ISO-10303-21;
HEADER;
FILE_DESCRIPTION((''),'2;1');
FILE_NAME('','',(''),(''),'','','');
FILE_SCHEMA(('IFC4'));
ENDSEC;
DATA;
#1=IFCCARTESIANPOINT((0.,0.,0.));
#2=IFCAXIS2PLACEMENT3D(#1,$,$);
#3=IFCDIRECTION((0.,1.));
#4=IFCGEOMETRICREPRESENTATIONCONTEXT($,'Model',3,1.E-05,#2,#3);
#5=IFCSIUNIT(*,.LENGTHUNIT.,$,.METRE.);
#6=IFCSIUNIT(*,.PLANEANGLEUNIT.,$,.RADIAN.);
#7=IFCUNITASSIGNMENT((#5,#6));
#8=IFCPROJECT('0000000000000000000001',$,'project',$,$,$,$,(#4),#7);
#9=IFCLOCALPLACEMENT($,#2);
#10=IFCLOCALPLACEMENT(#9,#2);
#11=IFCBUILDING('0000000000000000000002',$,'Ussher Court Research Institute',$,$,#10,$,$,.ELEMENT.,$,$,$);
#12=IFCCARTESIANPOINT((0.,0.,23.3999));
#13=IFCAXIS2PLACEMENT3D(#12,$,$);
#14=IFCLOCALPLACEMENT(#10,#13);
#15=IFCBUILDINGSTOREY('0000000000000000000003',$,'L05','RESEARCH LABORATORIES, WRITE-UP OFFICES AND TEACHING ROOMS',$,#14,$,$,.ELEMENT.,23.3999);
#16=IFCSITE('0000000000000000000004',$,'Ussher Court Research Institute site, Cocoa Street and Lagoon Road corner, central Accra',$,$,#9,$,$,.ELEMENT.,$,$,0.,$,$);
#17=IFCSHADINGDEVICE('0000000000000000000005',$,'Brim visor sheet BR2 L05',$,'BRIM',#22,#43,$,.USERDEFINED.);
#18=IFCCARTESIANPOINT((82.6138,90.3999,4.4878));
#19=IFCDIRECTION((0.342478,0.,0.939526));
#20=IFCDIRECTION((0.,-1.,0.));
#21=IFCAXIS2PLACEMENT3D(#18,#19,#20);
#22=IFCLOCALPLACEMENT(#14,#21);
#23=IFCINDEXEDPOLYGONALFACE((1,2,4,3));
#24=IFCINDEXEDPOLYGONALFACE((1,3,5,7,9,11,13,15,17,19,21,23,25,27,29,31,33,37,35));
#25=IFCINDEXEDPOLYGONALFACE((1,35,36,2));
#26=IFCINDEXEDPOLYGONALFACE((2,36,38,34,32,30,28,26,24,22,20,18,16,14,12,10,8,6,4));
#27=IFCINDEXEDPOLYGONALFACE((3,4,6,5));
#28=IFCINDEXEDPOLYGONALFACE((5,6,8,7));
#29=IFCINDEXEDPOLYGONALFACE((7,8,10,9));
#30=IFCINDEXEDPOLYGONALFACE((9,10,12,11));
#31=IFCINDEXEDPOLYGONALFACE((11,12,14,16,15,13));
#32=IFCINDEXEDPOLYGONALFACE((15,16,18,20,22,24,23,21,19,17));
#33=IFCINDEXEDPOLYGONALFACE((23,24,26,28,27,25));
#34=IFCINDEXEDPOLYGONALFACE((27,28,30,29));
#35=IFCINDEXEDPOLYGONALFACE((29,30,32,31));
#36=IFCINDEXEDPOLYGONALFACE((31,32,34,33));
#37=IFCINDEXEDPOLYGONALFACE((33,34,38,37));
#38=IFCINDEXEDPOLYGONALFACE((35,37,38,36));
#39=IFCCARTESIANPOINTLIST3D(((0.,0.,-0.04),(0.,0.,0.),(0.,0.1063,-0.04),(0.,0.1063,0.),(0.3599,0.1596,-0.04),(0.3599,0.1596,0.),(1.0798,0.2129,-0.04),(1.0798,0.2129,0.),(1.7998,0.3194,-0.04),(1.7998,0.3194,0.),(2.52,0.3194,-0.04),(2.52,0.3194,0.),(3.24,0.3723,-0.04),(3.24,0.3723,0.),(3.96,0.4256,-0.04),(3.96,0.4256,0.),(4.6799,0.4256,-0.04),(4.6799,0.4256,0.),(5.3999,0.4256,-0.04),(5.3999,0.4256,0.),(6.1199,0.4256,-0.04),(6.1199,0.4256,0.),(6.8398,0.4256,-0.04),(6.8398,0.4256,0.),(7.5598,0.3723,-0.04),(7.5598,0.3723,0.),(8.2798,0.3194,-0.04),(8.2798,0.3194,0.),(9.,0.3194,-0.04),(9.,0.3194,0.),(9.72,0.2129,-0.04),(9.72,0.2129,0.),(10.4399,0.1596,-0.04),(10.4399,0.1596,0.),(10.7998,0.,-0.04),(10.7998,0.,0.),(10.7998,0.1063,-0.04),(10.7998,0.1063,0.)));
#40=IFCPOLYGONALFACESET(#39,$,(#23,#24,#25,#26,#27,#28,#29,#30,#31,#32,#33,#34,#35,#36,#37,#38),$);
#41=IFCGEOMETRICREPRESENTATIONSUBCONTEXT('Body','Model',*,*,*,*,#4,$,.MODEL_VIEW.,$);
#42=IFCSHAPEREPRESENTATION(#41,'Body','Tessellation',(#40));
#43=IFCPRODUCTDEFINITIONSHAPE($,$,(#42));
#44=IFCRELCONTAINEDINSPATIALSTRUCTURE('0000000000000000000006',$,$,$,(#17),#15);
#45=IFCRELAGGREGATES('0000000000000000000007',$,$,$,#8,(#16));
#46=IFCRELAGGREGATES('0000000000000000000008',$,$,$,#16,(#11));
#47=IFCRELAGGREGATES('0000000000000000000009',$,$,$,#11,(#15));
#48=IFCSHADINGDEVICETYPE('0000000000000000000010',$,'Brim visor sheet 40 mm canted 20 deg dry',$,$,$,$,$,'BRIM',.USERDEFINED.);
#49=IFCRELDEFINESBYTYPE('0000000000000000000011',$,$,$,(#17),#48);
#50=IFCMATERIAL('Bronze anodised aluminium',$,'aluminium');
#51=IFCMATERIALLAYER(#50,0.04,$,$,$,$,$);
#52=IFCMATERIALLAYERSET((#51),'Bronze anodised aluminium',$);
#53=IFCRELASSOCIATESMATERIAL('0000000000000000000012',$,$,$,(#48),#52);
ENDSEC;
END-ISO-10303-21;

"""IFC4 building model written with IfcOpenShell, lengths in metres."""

from ifc_helpers import new_model, si_unit, direction, frame, origin, place, context, subcontext, project, spatial, polyline, outline, extrude, material, layer, layer_set, type_object, element, save


model = new_model("IFC4")

# Units and contexts
model_context = context("Model", 3, precision=1e-05, world=origin(), true_north=direction((0.0, 1.0)))
body_context = subcontext(model_context, "Body", "Model", "MODEL_VIEW")
ifc_project = project(units=[si_unit("LENGTHUNIT", "METRE"), si_unit("PLANEANGLEUNIT", "RADIAN")], contexts=[model_context])

# Site, building, storey
site_placement = place(None, origin())
site = spatial("IfcSite", under=ifc_project, at=site_placement, Name="Ussher Court Research Institute site, Cocoa Street and Lagoon Road corner, central Accra", CompositionType="ELEMENT", RefElevation=0.0)
building_placement = place(site_placement, origin())
building = spatial("IfcBuilding", under=site, at=building_placement, Name="Ussher Court Research Institute", CompositionType="ELEMENT")
storey_placement = place(building_placement, frame((0.0, 0.0, 23.3999)))
storey = spatial("IfcBuildingStorey", under=building, at=storey_placement, Name="L05", Description="RESEARCH LABORATORIES, WRITE-UP OFFICES AND TEACHING ROOMS", CompositionType="ELEMENT", Elevation=23.3999)

# Shading device
ifc_material_1 = material(Name="Bronze anodised aluminium", Category="aluminium")
ifc_layer_1 = layer(ifc_material_1, 0.04)
ifc_layer_set_1 = layer_set([ifc_layer_1], Name="Bronze anodised aluminium")
shading_device_type_1 = type_object("IfcShadingDeviceType", Name="Brim visor sheet 40 mm canted 20 deg dry", ElementType="BRIM", PredefinedType="USERDEFINED", material=ifc_layer_set_1)
shading_device_1_placement = place(storey_placement, frame((82.6138, 90.3999, 4.4878), z_axis=(0.342478, 0.0, 0.939526), x_axis=(0.0, -1.0, 0.0)))
element("IfcShadingDevice", 1, at=shading_device_1_placement, inside=storey, type_object=shading_device_type_1, Name="Brim visor sheet BR2 L05", ObjectType="BRIM", PredefinedType="USERDEFINED", context=body_context, shape_type="SweptSolid", body=[
    extrude(outline(polyline([(0.0, 0.0), (10.7998, 0.0), (10.7998, 0.1063), (10.4399, 0.1596), (9.72, 0.2129), (9.0, 0.3194), (8.2798, 0.3194), (7.5598, 0.3723), (6.8398, 0.4256), (6.1199, 0.4256), (5.3999, 0.4256), (4.6799, 0.4256), (3.96, 0.4256), (3.24, 0.3723), (2.52, 0.3194), (1.7998, 0.3194), (1.0798, 0.2129), (0.3599, 0.1596), (0.0, 0.1063), (0.0, 0.0)])), origin(), (0.0, 0.0, -1.0), 0.04),
])

save(model, "model.ifc")
